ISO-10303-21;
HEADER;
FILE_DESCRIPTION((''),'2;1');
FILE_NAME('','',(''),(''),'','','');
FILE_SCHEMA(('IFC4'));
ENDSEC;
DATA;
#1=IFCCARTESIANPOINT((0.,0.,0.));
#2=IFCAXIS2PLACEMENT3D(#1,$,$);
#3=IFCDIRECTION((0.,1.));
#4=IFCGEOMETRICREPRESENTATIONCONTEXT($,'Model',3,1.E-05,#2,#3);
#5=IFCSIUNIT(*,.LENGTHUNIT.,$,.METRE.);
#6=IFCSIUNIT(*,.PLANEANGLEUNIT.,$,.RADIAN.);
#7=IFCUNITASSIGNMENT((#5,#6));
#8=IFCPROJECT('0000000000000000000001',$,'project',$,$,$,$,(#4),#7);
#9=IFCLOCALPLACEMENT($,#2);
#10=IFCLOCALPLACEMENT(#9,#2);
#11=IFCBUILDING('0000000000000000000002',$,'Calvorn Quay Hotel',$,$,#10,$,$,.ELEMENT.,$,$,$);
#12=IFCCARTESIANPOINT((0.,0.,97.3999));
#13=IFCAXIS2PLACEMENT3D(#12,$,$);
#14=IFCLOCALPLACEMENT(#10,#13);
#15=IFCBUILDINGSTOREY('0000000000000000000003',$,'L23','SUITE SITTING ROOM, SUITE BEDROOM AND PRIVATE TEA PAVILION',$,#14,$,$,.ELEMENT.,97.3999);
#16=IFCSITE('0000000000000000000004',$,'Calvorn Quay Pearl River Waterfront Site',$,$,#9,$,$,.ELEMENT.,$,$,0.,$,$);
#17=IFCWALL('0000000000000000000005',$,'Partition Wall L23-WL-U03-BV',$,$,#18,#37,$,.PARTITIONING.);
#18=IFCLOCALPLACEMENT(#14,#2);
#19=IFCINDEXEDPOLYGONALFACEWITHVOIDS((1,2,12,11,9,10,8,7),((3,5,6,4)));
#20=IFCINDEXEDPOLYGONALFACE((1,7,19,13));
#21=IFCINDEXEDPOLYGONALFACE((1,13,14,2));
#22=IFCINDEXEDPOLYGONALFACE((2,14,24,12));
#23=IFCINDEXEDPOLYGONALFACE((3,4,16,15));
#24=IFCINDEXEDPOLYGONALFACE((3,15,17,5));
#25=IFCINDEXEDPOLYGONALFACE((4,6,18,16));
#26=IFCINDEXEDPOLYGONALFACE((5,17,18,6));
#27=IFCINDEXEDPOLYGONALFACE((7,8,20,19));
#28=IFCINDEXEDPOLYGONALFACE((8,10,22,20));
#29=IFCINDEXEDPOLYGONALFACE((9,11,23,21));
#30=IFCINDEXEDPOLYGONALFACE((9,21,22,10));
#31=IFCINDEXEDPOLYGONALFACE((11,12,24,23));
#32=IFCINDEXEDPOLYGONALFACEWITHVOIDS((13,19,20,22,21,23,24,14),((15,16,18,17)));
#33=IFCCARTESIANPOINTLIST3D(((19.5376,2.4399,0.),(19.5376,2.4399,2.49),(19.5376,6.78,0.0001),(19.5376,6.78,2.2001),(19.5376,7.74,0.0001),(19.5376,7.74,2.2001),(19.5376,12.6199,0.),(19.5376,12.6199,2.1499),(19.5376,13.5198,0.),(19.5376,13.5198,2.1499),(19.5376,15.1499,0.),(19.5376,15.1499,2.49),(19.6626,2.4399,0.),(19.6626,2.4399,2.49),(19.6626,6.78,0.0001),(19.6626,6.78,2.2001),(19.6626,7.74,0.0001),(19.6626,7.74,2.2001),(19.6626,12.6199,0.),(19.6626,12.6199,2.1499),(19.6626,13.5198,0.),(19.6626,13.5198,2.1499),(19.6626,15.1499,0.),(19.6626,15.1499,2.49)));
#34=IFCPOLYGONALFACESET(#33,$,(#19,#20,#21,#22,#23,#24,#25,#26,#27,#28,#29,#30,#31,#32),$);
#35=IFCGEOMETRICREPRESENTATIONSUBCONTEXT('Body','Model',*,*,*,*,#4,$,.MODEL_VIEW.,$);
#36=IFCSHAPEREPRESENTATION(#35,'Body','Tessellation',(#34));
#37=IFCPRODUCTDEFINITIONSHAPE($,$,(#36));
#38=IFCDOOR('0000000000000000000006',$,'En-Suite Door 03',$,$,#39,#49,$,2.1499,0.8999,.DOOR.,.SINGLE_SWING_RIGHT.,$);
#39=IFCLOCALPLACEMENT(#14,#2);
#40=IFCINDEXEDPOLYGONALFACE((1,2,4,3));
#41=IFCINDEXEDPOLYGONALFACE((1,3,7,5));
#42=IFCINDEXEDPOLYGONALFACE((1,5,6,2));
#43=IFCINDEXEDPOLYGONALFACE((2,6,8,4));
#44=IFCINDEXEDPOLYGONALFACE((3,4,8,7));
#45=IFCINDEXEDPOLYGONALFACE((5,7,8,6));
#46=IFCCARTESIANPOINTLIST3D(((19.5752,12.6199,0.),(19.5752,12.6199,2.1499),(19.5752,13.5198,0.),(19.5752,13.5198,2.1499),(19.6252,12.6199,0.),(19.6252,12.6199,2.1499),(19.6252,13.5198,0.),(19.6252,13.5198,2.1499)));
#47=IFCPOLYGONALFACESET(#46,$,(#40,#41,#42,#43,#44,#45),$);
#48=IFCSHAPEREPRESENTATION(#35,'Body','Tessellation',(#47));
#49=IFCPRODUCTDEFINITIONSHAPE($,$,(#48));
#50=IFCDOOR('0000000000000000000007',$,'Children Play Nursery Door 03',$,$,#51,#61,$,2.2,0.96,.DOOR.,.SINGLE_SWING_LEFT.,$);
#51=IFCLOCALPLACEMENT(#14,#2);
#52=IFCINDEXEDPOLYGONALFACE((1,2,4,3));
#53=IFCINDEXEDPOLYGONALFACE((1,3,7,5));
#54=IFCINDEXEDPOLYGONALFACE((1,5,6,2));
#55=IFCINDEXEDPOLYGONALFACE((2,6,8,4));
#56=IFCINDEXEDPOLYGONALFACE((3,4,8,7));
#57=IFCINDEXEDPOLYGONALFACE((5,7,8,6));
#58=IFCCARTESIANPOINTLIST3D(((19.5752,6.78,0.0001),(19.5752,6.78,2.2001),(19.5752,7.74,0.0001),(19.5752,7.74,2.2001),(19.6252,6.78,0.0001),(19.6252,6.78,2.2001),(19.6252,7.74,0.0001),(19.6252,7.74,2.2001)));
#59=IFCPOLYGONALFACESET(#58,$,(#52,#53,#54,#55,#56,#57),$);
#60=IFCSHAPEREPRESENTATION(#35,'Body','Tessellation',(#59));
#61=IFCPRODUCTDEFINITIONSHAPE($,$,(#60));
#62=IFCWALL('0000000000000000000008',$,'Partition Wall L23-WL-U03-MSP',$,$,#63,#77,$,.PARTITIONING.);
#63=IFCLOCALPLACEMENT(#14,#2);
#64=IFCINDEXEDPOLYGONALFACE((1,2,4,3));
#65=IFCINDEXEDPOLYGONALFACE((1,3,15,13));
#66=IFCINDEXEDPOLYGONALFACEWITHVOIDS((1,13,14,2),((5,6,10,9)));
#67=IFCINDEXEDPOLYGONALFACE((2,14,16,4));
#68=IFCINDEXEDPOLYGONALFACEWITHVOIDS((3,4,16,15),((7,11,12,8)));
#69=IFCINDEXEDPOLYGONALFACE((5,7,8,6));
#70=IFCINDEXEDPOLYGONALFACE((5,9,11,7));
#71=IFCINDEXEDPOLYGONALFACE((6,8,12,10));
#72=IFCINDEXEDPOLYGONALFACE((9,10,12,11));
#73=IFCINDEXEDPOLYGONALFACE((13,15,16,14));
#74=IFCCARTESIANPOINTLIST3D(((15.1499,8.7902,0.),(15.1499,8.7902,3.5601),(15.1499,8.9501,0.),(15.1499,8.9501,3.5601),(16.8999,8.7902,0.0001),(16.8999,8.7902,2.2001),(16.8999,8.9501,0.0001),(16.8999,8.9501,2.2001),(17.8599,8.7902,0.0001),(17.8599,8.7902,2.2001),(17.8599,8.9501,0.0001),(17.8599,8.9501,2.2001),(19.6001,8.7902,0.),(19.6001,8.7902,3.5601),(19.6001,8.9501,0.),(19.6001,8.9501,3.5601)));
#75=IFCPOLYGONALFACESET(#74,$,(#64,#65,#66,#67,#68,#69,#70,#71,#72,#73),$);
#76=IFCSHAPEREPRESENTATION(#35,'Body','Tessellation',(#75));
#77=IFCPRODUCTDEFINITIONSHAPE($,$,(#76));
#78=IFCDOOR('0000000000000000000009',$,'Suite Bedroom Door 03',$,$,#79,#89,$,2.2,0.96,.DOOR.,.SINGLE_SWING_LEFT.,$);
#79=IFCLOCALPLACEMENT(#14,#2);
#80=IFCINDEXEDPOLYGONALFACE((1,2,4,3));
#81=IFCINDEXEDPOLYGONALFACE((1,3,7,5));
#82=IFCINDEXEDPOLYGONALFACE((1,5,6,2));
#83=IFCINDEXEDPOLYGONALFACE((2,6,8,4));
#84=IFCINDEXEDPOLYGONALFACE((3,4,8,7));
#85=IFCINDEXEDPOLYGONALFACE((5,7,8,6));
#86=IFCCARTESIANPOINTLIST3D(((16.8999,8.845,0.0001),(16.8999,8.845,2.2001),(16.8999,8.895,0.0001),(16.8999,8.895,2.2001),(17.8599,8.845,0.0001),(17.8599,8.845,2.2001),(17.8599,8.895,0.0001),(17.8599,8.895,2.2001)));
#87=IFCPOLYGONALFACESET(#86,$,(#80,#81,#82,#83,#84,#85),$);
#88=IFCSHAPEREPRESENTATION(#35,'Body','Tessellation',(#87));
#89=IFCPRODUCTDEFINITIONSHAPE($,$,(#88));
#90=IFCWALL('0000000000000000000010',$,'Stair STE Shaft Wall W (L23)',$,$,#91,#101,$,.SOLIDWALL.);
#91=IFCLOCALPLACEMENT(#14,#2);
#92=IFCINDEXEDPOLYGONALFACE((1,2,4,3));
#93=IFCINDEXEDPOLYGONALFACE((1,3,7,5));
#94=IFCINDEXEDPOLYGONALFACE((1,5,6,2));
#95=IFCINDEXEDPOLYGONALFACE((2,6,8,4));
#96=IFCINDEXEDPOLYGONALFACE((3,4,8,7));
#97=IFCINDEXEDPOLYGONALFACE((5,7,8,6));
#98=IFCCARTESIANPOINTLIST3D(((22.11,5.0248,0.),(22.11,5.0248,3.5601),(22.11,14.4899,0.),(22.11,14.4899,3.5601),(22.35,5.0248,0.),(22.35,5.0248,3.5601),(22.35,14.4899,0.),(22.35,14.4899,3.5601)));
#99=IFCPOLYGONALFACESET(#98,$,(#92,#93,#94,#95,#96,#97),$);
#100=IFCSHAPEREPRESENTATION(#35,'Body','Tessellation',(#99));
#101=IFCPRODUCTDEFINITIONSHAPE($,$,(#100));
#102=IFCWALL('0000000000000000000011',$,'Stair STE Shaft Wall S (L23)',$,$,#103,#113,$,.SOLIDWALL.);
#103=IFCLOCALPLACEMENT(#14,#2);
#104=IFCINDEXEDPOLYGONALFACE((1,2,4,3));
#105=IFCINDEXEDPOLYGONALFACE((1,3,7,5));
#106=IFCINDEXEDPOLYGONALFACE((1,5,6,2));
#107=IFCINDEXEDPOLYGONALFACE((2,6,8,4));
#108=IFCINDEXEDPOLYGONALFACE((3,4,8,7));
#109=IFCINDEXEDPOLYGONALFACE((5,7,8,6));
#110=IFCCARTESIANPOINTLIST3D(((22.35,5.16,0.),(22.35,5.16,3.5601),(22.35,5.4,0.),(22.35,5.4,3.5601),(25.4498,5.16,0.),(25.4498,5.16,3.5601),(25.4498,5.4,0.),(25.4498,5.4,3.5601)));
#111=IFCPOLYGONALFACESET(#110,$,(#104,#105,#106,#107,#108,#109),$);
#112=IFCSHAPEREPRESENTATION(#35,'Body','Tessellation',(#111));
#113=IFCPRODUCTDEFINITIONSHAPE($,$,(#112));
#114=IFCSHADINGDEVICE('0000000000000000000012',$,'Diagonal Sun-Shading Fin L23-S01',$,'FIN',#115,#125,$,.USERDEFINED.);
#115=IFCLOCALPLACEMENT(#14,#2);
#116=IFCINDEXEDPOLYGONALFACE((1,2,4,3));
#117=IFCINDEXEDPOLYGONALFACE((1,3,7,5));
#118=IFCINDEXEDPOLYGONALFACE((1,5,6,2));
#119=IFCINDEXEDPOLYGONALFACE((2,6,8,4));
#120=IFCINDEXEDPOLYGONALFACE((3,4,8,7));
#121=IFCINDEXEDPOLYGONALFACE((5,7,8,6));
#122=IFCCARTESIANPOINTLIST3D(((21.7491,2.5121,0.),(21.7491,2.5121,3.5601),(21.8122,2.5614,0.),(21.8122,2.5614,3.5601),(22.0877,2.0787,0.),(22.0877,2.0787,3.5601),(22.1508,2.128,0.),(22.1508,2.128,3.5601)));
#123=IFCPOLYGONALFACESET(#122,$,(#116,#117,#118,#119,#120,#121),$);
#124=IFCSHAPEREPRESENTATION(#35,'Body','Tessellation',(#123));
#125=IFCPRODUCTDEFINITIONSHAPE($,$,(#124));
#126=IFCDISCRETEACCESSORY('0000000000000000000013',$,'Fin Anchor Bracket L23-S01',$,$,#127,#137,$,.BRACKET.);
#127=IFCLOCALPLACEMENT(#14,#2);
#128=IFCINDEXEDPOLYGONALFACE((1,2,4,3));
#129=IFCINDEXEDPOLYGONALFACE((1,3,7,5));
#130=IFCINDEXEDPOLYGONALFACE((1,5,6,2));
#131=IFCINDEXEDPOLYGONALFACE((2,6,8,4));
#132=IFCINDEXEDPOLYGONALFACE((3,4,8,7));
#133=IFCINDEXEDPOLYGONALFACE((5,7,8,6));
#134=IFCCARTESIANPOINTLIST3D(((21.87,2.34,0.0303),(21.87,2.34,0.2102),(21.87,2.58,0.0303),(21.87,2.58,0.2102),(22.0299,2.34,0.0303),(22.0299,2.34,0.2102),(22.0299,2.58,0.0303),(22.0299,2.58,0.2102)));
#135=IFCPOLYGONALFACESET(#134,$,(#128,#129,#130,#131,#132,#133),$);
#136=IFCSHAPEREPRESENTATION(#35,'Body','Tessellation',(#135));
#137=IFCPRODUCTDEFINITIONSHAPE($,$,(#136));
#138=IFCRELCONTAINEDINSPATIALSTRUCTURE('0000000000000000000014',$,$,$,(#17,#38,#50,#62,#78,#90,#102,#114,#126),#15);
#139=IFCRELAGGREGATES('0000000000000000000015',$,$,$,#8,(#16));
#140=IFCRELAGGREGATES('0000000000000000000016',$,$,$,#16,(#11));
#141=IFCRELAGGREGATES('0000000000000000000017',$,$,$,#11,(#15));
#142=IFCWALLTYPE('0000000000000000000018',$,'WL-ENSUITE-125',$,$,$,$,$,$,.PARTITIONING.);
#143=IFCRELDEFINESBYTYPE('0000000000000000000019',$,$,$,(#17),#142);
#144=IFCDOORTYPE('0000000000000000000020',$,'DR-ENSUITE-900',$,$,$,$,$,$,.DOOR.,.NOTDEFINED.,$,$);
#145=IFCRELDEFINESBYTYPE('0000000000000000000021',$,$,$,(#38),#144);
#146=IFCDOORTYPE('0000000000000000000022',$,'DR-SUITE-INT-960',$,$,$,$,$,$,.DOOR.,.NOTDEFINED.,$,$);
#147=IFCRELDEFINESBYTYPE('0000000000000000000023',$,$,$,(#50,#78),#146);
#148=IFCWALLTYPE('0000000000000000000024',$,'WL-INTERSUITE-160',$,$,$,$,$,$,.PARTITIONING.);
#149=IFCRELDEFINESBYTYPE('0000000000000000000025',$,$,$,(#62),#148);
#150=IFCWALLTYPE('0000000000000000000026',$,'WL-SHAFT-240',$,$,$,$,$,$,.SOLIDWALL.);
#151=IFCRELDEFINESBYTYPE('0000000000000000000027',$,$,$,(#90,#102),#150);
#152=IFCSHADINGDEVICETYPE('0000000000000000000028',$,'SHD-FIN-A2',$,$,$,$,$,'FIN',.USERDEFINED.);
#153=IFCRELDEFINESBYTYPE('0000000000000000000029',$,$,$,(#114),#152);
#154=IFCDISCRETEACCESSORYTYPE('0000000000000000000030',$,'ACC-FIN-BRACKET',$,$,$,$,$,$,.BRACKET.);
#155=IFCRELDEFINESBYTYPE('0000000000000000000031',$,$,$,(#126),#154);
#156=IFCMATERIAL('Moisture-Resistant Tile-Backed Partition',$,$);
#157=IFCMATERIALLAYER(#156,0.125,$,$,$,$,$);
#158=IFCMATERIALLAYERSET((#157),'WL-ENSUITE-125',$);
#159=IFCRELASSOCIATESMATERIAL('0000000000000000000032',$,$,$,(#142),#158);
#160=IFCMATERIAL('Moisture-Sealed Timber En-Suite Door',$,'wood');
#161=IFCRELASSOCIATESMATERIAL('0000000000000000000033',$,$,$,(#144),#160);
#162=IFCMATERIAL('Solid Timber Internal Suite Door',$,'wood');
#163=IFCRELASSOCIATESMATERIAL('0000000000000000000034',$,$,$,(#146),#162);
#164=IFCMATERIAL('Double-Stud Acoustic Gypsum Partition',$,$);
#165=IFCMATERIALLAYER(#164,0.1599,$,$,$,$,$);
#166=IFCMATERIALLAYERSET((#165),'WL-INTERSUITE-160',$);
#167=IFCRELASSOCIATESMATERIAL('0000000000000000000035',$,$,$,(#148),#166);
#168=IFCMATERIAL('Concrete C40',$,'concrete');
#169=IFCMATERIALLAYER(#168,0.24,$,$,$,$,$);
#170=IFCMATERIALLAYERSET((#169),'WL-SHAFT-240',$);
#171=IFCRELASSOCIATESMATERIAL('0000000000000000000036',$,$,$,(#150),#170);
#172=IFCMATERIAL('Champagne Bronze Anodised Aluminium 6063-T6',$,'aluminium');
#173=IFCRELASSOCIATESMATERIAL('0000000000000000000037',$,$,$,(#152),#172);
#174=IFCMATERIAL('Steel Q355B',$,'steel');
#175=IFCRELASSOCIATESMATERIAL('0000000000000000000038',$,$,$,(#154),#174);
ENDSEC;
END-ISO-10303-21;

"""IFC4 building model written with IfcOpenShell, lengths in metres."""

from ifc_helpers import new_model, si_unit, direction, frame, frame_2d, origin, origin_2d, place, context, subcontext, project, spatial, rectangle, extrude, material, layer, layer_set, type_object, element, fill, save


model = new_model("IFC4")

# Units and contexts
model_context = context("Model", 3, precision=1e-05, world=origin(), true_north=direction((0.0, 1.0)))
body_context = subcontext(model_context, "Body", "Model", "MODEL_VIEW")
ifc_project = project(units=[si_unit("LENGTHUNIT", "METRE"), si_unit("PLANEANGLEUNIT", "RADIAN")], contexts=[model_context])

# Site, building, storey
site_placement = place(None, origin())
site = spatial("IfcSite", under=ifc_project, at=site_placement, Name="Calvorn Quay Pearl River Waterfront Site", CompositionType="ELEMENT", RefElevation=0.0)
building_placement = place(site_placement, origin())
building = spatial("IfcBuilding", under=site, at=building_placement, Name="Calvorn Quay Hotel", CompositionType="ELEMENT")
storey_placement = place(building_placement, frame((0.0, 0.0, 97.3999)))
storey = spatial("IfcBuildingStorey", under=building, at=storey_placement, Name="L23", Description="SUITE SITTING ROOM, SUITE BEDROOM AND PRIVATE TEA PAVILION", CompositionType="ELEMENT", Elevation=97.3999)

# Shared definitions
ifc_material_1 = material(Name="Moisture-Resistant Tile-Backed Partition")
ifc_layer_1 = layer(ifc_material_1, 0.125)
ifc_layer_set_1 = layer_set([ifc_layer_1], Name="WL-ENSUITE-125")
wall_type_1 = type_object("IfcWallType", Name="WL-ENSUITE-125", PredefinedType="PARTITIONING", material=ifc_layer_set_1)

# Wall, openings, doors
wall_1_placement = place(storey_placement, frame((19.6001, 2.4399, 0.0), z_axis=(0.0, 0.0, 1.0), x_axis=(0.0, 1.0, 0.0)))
wall_1 = element("IfcWall", 1, at=wall_1_placement, inside=storey, type_object=wall_type_1, Name="Partition Wall L23-WL-U03-BV", PredefinedType="PARTITIONING", context=body_context, shape_type="SweptSolid", body=[
    extrude(rectangle(XDim=12.71, YDim=0.125, at=frame_2d((6.355, 0.0))), origin(), (0.0, 0.0, 1.0), 2.49),
])
opening_1_placement = place(wall_1_placement, frame((4.3401, 0.0, 0.0)))
opening_1 = element("IfcOpeningElement", 2, at=opening_1_placement, cuts=wall_1, PredefinedType="OPENING", context=body_context, shape_type="SweptSolid", body=[
    extrude(rectangle(XDim=0.96, YDim=2.2, at=frame_2d((0.48, 1.1001))), frame((0.0, 0.0725, 0.0), z_axis=(0.0, -1.0, 0.0), x_axis=(1.0, 0.0, 0.0)), (0.0, 0.0, 1.0), 0.145),
])
opening_2_placement = place(wall_1_placement, frame((10.1799, 0.0, 0.0)))
opening_2 = element("IfcOpeningElement", 3, at=opening_2_placement, cuts=wall_1, PredefinedType="OPENING", context=body_context, shape_type="SweptSolid", body=[
    extrude(rectangle(XDim=0.8999, YDim=2.1499, at=frame_2d((0.45, 1.075))), frame((0.0, 0.0725, 0.0), z_axis=(0.0, -1.0, 0.0), x_axis=(1.0, 0.0, 0.0)), (0.0, 0.0, 1.0), 0.145),
])
ifc_material_2 = material(Name="Moisture-Sealed Timber En-Suite Door", Category="wood")
door_type_1 = type_object("IfcDoorType", Name="DR-ENSUITE-900", OperationType="NOTDEFINED", PredefinedType="DOOR", material=ifc_material_2)
door_1_placement = place(opening_2_placement, origin())
door_1 = element("IfcDoor", 4, at=door_1_placement, inside=storey, type_object=door_type_1, Name="En-Suite Door 03", OperationType="SINGLE_SWING_RIGHT", OverallHeight=2.1499, OverallWidth=0.8999, PredefinedType="DOOR", context=body_context, shape_type="SweptSolid", body=[
    extrude(rectangle(XDim=0.8999, YDim=2.1499, at=frame_2d((0.45, 1.075))), frame((0.0, 0.0249, 0.0), z_axis=(0.0, -1.0, 0.0), x_axis=(1.0, 0.0, 0.0)), (0.0, 0.0, 1.0), 0.05),
])
fill(opening_2, door_1)
ifc_material_3 = material(Name="Solid Timber Internal Suite Door", Category="wood")
door_type_2 = type_object("IfcDoorType", Name="DR-SUITE-INT-960", OperationType="NOTDEFINED", PredefinedType="DOOR", material=ifc_material_3)
door_2_placement = place(opening_1_placement, origin())
door_2 = element("IfcDoor", 5, at=door_2_placement, inside=storey, type_object=door_type_2, Name="Children Play Nursery Door 03", OperationType="SINGLE_SWING_LEFT", OverallHeight=2.2, OverallWidth=0.96, PredefinedType="DOOR", context=body_context, shape_type="SweptSolid", body=[
    extrude(rectangle(XDim=0.96, YDim=2.2, at=frame_2d((0.48, 1.1001))), frame((0.0, 0.0249, 0.0), z_axis=(0.0, -1.0, 0.0), x_axis=(1.0, 0.0, 0.0)), (0.0, 0.0, 1.0), 0.05),
])
fill(opening_1, door_2)

# Wall, opening, door
ifc_material_4 = material(Name="Double-Stud Acoustic Gypsum Partition")
ifc_layer_2 = layer(ifc_material_4, 0.1599)
ifc_layer_set_2 = layer_set([ifc_layer_2], Name="WL-INTERSUITE-160")
wall_type_2 = type_object("IfcWallType", Name="WL-INTERSUITE-160", PredefinedType="PARTITIONING", material=ifc_layer_set_2)
wall_2_placement = place(storey_placement, frame((15.1499, 8.8701, 0.0), z_axis=(0.0, 0.0, 1.0), x_axis=(1.0, 0.0, 0.0)))
wall_2 = element("IfcWall", 6, at=wall_2_placement, inside=storey, type_object=wall_type_2, Name="Partition Wall L23-WL-U03-MSP", PredefinedType="PARTITIONING", context=body_context, shape_type="SweptSolid", body=[
    extrude(rectangle(XDim=4.4502, YDim=0.1599, at=frame_2d((2.2251, 0.0))), origin(), (0.0, 0.0, 1.0), 3.5601),
])
opening_3_placement = place(wall_2_placement, frame((1.75, 0.0, 0.0)))
opening_3 = element("IfcOpeningElement", 7, at=opening_3_placement, cuts=wall_2, PredefinedType="OPENING", context=body_context, shape_type="SweptSolid", body=[
    extrude(rectangle(XDim=0.96, YDim=2.2, at=frame_2d((0.48, 1.1001))), frame((0.0, 0.0898, 0.0), z_axis=(0.0, -1.0, 0.0), x_axis=(1.0, 0.0, 0.0)), (0.0, 0.0, 1.0), 0.1799),
])
door_3_placement = place(opening_3_placement, origin())
door_3 = element("IfcDoor", 8, at=door_3_placement, inside=storey, type_object=door_type_2, Name="Suite Bedroom Door 03", OperationType="SINGLE_SWING_LEFT", OverallHeight=2.2, OverallWidth=0.96, PredefinedType="DOOR", context=body_context, shape_type="SweptSolid", body=[
    extrude(rectangle(XDim=0.96, YDim=2.2, at=frame_2d((0.48, 1.1001))), frame((0.0, 0.0249, 0.0), z_axis=(0.0, -1.0, 0.0), x_axis=(1.0, 0.0, 0.0)), (0.0, 0.0, 1.0), 0.05),
])
fill(opening_3, door_3)

# Walls
ifc_material_5 = material(Name="Concrete C40", Category="concrete")
ifc_layer_3 = layer(ifc_material_5, 0.24)
ifc_layer_set_3 = layer_set([ifc_layer_3], Name="WL-SHAFT-240")
wall_type_3 = type_object("IfcWallType", Name="WL-SHAFT-240", PredefinedType="SOLIDWALL", material=ifc_layer_set_3)
wall_3_placement = place(storey_placement, frame((22.23, 5.0249, 0.0), z_axis=(0.0, 0.0, 1.0), x_axis=(0.0, 1.0, 0.0)))
element("IfcWall", 9, at=wall_3_placement, inside=storey, type_object=wall_type_3, Name="Stair STE Shaft Wall W (L23)", PredefinedType="SOLIDWALL", context=body_context, shape_type="SweptSolid", body=[
    extrude(rectangle(XDim=9.4651, YDim=0.24, at=frame_2d((4.7324, 0.0))), origin(), (0.0, 0.0, 1.0), 3.5601),
])
wall_4_placement = place(storey_placement, frame((22.3501, 5.28, 0.0), z_axis=(0.0, 0.0, 1.0), x_axis=(1.0, 0.0, 0.0)))
element("IfcWall", 10, at=wall_4_placement, inside=storey, type_object=wall_type_3, Name="Stair STE Shaft Wall S (L23)", PredefinedType="SOLIDWALL", context=body_context, shape_type="SweptSolid", body=[
    extrude(rectangle(XDim=3.0999, YDim=0.24, at=frame_2d((1.5498, 0.0))), origin(), (0.0, 0.0, 1.0), 3.5601),
])

# Shading device
ifc_material_6 = material(Name="Champagne Bronze Anodised Aluminium 6063-T6", Category="aluminium")
shading_device_type = type_object("IfcShadingDeviceType", Name="SHD-FIN-A2", ElementType="FIN", PredefinedType="USERDEFINED", material=ifc_material_6)
shading_device_placement = place(storey_placement, frame((21.95, 2.3201, 0.0), z_axis=(0.0, 0.0, 1.0), x_axis=(-0.615661, 0.788011, 0.0)))
element("IfcShadingDevice", 11, at=shading_device_placement, inside=storey, type_object=shading_device_type, Name="Diagonal Sun-Shading Fin L23-S01", ObjectType="FIN", PredefinedType="USERDEFINED", context=body_context, shape_type="SweptSolid", body=[
    extrude(rectangle(XDim=0.55, YDim=0.0801, at=origin_2d()), origin(), (0.0, 0.0, 1.0), 3.5601),
])

# Discrete accessory
ifc_material_7 = material(Name="Steel Q355B", Category="steel")
discrete_accessory_type = type_object("IfcDiscreteAccessoryType", Name="ACC-FIN-BRACKET", PredefinedType="BRACKET", material=ifc_material_7)
discrete_accessory_placement = place(storey_placement, frame((21.95, 2.46, 0.0303), z_axis=(0.0, 0.0, 1.0), x_axis=(0.0, 1.0, 0.0)))
element("IfcDiscreteAccessory", 12, at=discrete_accessory_placement, inside=storey, type_object=discrete_accessory_type, Name="Fin Anchor Bracket L23-S01", PredefinedType="BRACKET", context=body_context, shape_type="SweptSolid", body=[
    extrude(rectangle(XDim=0.24, YDim=0.1599, at=origin_2d()), origin(), (0.0, 0.0, 1.0), 0.1799),
])

save(model, "model.ifc")
